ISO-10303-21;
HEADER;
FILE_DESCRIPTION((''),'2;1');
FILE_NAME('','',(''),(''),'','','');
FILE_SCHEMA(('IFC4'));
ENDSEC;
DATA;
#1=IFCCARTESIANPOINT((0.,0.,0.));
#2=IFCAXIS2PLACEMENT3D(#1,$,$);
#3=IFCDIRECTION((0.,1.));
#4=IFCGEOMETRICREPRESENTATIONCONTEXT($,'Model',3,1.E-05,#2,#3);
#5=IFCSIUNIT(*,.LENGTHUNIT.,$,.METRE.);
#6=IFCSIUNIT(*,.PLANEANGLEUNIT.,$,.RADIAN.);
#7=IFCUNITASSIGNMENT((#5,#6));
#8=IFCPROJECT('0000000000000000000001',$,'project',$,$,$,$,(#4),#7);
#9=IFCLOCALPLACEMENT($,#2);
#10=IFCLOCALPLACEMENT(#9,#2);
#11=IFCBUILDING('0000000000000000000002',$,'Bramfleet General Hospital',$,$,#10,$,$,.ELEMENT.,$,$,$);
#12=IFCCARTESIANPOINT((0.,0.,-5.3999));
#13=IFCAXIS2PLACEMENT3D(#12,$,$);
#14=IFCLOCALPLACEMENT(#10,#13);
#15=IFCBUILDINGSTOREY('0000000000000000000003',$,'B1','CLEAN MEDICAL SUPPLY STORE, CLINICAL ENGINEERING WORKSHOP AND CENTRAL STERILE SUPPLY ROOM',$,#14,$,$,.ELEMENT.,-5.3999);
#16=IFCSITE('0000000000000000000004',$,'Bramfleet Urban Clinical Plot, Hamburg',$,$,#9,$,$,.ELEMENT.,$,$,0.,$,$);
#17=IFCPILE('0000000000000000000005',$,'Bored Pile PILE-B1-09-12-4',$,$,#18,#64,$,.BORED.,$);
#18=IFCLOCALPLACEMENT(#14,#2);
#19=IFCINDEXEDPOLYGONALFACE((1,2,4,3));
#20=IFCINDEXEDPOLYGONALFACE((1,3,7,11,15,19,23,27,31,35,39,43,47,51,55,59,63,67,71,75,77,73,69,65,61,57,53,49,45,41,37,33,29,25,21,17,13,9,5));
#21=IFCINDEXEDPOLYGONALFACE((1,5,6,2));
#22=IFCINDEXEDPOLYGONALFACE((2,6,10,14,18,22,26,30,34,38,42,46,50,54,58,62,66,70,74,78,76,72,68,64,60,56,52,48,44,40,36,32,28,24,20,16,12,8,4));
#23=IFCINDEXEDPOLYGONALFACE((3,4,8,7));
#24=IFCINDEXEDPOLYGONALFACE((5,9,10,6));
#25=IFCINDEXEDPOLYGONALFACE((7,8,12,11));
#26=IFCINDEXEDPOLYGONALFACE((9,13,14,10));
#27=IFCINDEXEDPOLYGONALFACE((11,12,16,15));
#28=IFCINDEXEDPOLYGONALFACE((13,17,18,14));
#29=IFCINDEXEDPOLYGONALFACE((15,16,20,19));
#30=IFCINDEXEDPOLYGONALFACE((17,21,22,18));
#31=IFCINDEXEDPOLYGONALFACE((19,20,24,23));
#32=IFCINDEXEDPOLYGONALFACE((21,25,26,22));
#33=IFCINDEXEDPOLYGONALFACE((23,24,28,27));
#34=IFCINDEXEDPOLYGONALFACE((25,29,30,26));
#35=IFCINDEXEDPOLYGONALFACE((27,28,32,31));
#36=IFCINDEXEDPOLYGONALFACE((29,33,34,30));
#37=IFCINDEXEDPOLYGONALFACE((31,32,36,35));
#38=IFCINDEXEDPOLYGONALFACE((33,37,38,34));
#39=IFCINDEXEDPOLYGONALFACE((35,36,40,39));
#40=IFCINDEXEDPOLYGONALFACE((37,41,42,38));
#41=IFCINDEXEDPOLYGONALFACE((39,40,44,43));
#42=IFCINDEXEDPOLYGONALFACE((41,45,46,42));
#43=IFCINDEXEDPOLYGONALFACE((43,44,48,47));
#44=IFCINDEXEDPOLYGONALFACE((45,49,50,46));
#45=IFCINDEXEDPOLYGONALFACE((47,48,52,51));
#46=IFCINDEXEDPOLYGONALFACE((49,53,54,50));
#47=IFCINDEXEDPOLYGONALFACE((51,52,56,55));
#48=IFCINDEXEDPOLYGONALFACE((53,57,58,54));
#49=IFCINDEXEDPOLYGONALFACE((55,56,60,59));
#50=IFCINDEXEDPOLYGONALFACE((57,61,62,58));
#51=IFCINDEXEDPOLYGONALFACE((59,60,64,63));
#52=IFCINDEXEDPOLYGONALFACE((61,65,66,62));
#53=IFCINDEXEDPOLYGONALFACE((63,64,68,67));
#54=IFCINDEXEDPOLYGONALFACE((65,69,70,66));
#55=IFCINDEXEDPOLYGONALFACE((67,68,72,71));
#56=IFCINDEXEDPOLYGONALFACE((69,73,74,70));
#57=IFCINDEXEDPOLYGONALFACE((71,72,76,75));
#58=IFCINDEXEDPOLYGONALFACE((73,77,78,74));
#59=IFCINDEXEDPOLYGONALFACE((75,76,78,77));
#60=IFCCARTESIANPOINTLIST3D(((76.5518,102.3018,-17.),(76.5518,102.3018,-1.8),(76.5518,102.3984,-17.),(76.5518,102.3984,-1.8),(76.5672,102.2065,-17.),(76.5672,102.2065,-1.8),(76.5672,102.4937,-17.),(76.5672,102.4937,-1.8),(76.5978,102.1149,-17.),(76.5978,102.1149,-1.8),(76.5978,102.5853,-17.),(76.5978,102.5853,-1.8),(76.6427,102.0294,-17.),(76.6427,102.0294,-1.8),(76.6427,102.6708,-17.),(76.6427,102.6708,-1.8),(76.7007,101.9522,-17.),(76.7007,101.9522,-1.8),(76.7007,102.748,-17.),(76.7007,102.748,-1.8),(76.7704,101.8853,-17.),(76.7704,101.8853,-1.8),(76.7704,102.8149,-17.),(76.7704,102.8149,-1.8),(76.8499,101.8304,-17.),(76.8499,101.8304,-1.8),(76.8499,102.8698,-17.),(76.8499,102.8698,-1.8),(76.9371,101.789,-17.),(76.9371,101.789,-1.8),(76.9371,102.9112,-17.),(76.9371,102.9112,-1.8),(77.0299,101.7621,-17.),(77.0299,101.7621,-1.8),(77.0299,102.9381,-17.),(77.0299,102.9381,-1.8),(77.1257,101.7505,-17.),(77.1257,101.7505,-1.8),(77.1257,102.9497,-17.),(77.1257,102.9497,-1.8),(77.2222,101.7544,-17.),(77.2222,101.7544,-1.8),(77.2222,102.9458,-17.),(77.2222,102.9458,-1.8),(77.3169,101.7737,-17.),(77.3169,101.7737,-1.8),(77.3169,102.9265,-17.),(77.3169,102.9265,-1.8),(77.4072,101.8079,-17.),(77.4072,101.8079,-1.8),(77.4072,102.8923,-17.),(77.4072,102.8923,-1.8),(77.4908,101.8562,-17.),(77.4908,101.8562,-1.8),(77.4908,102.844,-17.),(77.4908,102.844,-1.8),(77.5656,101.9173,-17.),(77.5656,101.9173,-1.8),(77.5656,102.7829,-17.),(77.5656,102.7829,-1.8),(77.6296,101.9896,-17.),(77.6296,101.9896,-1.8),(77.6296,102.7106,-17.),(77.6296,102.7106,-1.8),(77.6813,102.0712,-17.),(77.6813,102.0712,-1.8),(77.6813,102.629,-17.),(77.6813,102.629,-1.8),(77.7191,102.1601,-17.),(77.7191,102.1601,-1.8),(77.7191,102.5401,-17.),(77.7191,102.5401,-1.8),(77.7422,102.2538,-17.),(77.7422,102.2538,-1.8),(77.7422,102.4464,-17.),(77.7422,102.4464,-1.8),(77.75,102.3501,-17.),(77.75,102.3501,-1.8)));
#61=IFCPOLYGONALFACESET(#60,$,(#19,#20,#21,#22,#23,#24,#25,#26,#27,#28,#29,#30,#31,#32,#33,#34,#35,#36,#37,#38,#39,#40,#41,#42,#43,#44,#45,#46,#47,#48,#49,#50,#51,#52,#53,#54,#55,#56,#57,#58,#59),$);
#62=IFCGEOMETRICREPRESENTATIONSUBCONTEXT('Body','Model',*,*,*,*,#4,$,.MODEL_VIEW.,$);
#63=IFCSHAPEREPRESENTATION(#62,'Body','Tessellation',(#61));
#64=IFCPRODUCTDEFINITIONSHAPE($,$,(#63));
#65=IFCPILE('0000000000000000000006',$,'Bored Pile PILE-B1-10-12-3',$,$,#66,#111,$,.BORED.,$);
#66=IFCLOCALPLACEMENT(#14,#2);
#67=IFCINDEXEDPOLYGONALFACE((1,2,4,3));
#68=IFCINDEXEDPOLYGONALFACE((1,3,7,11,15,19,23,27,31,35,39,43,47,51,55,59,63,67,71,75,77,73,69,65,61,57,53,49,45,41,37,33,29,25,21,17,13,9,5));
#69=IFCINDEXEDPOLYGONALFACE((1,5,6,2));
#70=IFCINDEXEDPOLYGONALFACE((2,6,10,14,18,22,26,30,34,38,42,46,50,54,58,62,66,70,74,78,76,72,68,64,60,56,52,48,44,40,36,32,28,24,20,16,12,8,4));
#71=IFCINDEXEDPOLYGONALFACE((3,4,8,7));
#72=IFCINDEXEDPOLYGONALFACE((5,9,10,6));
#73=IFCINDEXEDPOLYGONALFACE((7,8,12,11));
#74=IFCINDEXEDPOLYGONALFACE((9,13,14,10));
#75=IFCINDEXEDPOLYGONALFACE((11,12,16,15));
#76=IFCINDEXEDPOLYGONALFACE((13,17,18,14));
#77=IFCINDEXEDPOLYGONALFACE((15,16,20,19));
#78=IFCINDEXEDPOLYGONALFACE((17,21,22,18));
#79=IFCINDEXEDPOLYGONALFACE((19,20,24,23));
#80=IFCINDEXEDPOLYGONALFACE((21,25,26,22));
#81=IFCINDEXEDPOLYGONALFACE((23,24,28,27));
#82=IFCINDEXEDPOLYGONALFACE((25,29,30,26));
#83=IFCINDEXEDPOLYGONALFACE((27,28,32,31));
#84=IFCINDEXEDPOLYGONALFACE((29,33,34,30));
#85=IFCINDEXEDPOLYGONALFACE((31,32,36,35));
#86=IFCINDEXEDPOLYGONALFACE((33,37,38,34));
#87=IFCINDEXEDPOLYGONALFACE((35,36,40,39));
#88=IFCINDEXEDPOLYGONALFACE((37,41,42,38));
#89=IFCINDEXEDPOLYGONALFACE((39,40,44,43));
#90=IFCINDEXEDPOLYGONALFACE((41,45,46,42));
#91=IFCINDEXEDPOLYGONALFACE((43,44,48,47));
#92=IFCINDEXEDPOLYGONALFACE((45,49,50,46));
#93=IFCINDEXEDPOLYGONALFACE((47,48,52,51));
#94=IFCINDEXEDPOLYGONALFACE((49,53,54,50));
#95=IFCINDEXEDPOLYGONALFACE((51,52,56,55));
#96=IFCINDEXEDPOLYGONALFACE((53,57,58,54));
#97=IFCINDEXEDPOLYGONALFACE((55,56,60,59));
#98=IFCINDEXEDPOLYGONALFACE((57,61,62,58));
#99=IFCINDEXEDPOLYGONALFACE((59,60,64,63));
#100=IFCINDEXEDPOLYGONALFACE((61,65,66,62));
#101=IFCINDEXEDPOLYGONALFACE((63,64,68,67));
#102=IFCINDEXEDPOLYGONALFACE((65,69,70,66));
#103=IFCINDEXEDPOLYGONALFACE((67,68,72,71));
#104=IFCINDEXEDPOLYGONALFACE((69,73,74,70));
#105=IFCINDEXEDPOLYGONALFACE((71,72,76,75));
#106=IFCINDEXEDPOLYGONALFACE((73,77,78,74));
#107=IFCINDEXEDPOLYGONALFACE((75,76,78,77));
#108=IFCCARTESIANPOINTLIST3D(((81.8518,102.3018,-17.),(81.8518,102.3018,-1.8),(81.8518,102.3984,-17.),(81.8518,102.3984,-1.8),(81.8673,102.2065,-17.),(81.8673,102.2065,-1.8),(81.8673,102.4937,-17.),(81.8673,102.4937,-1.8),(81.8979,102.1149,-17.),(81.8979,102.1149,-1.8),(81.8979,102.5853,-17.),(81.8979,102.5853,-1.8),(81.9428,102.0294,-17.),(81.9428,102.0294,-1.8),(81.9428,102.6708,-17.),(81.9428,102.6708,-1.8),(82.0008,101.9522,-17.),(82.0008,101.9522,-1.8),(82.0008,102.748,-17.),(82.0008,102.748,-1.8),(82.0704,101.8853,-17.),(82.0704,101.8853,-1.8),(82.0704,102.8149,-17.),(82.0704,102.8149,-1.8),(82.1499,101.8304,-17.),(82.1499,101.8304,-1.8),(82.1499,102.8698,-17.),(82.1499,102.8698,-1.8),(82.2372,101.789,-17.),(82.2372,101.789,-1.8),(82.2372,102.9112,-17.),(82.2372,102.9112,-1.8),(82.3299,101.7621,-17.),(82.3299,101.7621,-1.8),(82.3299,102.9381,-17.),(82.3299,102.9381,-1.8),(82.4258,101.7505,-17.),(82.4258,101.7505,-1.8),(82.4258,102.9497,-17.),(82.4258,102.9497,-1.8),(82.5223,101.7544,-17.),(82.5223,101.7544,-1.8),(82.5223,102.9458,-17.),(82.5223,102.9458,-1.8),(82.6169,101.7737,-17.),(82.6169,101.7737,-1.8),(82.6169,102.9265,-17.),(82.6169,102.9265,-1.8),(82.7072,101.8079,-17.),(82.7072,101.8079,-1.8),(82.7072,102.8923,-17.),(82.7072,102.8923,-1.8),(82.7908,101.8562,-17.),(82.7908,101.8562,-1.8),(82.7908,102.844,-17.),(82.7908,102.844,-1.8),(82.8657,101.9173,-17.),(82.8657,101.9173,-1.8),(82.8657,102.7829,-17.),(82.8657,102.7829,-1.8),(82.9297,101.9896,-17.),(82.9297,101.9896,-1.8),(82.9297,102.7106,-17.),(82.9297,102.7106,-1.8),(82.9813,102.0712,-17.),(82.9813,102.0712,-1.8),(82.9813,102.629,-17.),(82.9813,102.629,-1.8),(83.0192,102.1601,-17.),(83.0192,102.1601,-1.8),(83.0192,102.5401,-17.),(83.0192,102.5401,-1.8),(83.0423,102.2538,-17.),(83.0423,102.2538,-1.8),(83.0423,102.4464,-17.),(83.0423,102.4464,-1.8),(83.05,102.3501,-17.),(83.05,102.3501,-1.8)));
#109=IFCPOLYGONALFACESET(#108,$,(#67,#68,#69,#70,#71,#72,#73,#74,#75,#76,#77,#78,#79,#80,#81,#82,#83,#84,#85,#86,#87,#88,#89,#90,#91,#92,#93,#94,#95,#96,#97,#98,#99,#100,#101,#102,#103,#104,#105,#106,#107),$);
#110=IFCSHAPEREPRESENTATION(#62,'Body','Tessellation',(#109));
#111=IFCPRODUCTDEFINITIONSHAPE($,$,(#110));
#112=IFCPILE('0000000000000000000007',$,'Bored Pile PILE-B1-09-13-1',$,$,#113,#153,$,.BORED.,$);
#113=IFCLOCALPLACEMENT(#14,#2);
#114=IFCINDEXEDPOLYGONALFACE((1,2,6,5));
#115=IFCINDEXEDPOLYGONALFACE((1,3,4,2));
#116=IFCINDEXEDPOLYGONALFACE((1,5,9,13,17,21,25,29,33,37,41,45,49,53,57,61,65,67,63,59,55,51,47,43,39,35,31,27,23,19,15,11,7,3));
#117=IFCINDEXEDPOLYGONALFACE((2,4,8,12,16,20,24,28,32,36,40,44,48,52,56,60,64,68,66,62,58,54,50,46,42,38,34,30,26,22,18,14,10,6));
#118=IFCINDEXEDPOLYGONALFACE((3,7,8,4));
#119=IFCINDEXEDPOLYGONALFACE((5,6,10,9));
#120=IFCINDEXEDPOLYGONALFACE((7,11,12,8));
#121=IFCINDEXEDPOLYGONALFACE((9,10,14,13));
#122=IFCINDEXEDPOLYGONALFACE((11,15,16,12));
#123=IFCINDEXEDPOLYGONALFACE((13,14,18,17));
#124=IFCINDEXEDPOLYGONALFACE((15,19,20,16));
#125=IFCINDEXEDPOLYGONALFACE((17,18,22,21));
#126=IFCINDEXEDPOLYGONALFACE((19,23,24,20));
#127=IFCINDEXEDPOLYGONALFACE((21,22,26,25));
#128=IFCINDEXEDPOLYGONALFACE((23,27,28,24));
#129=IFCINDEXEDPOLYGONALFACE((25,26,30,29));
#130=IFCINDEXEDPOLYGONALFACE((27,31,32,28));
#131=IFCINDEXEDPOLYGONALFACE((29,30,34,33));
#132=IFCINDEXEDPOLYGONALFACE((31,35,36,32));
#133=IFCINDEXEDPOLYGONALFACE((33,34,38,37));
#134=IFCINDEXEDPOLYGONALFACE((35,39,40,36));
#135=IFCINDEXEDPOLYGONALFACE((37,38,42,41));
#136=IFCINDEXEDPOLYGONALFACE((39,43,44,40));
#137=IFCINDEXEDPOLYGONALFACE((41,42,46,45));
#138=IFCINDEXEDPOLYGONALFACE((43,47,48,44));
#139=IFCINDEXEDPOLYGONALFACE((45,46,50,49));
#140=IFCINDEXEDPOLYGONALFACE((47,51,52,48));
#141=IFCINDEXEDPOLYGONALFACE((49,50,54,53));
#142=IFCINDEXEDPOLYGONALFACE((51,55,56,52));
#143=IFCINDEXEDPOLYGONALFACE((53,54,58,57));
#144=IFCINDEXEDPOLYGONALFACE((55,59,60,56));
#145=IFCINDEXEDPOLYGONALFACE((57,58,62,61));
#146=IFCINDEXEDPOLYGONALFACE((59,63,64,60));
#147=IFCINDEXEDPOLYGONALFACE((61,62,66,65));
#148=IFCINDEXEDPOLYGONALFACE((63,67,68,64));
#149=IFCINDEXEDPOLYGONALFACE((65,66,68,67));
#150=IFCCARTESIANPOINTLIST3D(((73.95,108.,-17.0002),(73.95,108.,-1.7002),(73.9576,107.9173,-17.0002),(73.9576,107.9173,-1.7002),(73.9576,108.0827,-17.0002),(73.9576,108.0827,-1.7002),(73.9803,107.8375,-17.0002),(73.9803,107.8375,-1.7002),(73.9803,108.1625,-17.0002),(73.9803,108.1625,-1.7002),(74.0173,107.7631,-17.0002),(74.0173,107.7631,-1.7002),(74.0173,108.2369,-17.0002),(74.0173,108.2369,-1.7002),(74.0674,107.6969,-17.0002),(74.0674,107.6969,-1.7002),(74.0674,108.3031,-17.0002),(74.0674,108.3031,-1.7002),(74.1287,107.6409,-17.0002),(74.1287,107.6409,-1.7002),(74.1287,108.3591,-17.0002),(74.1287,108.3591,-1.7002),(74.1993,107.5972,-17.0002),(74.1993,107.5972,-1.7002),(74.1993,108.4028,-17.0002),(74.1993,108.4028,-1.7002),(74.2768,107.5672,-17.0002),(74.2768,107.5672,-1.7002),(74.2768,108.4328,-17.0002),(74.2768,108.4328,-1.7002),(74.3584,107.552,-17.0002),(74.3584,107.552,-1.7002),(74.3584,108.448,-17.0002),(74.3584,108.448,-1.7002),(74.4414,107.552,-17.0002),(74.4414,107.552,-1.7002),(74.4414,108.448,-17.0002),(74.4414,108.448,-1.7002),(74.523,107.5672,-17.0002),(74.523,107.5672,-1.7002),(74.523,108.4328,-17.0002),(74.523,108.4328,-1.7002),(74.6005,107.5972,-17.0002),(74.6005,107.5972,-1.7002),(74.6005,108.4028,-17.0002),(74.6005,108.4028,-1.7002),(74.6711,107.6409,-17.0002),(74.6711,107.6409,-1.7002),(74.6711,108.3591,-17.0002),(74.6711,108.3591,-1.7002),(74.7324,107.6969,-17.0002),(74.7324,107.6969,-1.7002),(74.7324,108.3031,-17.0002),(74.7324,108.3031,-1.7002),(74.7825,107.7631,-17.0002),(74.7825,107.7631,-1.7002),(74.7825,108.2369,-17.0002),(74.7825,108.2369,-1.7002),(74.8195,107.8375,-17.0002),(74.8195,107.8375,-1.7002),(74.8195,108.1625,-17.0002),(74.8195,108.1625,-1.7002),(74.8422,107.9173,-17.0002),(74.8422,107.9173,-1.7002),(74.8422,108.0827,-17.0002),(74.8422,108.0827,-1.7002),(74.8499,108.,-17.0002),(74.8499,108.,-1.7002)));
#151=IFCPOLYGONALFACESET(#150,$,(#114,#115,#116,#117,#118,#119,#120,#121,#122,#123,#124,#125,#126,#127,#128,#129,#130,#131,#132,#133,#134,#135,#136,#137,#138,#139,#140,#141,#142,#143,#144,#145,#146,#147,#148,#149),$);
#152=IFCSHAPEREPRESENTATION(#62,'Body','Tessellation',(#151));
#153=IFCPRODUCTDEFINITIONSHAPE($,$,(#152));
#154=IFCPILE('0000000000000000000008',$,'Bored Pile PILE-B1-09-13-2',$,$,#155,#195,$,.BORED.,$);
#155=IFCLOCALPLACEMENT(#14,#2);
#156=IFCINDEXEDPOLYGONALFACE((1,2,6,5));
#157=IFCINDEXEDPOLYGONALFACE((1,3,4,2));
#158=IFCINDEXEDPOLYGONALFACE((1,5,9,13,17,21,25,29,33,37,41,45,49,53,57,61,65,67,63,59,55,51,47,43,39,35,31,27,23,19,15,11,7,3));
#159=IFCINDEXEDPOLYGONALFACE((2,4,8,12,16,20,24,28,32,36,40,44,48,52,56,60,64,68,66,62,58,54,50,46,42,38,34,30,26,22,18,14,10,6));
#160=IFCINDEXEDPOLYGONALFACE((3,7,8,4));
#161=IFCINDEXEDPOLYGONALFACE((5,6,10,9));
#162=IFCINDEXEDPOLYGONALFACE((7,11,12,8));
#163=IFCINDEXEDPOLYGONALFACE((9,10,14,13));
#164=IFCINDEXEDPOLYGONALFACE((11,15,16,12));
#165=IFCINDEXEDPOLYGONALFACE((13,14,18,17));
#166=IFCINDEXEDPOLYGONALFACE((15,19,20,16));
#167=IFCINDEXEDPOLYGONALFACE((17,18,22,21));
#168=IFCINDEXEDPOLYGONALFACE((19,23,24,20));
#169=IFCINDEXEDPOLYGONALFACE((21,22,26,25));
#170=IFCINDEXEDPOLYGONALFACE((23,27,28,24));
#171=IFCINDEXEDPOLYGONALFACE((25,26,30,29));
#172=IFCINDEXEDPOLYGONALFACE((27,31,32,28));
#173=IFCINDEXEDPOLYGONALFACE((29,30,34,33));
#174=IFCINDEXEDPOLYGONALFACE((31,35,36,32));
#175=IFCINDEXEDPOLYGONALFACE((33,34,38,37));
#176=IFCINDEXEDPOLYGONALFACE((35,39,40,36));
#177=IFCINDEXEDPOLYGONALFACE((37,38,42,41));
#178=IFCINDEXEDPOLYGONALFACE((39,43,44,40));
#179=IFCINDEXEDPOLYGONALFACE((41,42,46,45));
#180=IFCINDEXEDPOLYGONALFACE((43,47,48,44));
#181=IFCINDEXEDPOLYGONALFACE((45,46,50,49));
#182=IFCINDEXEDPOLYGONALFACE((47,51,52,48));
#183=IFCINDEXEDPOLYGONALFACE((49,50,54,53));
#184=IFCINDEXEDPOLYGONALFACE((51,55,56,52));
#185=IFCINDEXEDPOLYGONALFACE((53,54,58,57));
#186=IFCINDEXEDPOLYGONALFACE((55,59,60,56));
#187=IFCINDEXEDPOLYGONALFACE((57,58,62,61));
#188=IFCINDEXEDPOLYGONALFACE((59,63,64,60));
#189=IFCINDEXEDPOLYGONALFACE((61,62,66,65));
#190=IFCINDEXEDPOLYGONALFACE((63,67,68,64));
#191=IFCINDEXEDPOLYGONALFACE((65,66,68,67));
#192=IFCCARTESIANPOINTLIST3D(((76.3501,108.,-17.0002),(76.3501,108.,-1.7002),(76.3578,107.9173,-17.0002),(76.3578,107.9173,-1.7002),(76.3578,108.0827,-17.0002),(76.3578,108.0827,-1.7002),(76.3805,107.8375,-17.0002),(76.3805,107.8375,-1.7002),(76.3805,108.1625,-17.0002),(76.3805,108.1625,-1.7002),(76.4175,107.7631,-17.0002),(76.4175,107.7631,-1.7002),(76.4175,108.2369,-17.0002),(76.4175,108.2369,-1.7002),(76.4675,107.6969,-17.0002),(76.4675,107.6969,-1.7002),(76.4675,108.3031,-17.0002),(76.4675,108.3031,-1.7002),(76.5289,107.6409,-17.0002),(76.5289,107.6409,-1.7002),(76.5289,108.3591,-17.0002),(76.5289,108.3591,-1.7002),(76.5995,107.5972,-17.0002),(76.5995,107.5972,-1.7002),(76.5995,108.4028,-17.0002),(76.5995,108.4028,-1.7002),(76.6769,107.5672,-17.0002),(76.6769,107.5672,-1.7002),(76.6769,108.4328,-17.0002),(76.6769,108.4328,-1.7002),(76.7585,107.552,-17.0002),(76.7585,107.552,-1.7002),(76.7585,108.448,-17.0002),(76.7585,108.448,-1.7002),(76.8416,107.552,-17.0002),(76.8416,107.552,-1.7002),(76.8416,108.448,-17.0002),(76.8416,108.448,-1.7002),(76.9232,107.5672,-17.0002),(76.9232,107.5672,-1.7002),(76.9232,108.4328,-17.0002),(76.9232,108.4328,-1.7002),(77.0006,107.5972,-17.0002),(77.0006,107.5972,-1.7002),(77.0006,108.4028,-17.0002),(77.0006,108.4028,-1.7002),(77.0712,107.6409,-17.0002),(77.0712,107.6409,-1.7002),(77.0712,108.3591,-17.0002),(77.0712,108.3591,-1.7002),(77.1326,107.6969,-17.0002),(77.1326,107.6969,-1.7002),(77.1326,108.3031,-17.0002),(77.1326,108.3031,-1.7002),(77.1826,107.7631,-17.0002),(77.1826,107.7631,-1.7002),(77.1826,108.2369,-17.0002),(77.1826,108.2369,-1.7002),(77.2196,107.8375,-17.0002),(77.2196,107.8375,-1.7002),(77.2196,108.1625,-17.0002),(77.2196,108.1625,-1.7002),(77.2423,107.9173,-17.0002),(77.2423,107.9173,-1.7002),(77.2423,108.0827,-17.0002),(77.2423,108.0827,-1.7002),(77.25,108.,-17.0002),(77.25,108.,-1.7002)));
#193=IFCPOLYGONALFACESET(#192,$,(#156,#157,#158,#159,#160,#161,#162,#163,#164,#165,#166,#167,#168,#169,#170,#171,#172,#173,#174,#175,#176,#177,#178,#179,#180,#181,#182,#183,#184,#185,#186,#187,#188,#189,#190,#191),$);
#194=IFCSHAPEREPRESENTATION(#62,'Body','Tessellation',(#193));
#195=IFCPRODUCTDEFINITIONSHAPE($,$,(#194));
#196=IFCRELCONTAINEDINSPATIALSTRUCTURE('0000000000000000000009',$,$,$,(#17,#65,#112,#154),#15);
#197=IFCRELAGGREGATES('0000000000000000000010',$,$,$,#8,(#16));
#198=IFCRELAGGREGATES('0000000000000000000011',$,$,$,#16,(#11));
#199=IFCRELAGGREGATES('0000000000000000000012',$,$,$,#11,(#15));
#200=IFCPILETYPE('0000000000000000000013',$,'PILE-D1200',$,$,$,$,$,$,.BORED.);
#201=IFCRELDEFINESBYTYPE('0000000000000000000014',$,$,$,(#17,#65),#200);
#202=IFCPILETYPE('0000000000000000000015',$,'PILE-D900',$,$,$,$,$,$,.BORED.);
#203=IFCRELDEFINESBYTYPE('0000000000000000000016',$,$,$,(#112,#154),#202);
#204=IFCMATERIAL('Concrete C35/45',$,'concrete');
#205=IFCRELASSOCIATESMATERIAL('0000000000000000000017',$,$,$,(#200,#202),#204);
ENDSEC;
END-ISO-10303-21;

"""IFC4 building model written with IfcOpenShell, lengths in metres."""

from ifc_helpers import new_model, si_unit, direction, frame, origin, origin_2d, place, context, subcontext, project, spatial, circle, extrude, material, material_profile, profile_set, type_object, element, save


model = new_model("IFC4")

# Units and contexts
model_context = context("Model", 3, precision=1e-05, world=origin(), true_north=direction((0.0, 1.0)))
body_context = subcontext(model_context, "Body", "Model", "MODEL_VIEW")
ifc_project = project(units=[si_unit("LENGTHUNIT", "METRE"), si_unit("PLANEANGLEUNIT", "RADIAN")], contexts=[model_context])

# Site, building, storey
site_placement = place(None, origin())
site = spatial("IfcSite", under=ifc_project, at=site_placement, Name="Bramfleet Urban Clinical Plot, Hamburg", CompositionType="ELEMENT", RefElevation=0.0)
building_placement = place(site_placement, origin())
building = spatial("IfcBuilding", under=site, at=building_placement, Name="Bramfleet General Hospital", CompositionType="ELEMENT")
storey_placement = place(building_placement, frame((0.0, 0.0, -5.3999)))
storey = spatial("IfcBuildingStorey", under=building, at=storey_placement, Name="B1", Description="CLEAN MEDICAL SUPPLY STORE, CLINICAL ENGINEERING WORKSHOP AND CENTRAL STERILE SUPPLY ROOM", CompositionType="ELEMENT", Elevation=-5.3999)

# Shared definitions
ifc_material_1 = material(Name="Concrete C35/45", Category="concrete")

# Piles
ifc_material_profile_1 = material_profile(ifc_material_1, circle(Radius=0.6001, at=origin_2d()), Name="PILE BORED D1200")
ifc_profile_set_1 = profile_set([ifc_material_profile_1], Name="Concrete C35/45")
pile_type_1 = type_object("IfcPileType", Name="PILE-D1200", PredefinedType="BORED", material=ifc_profile_set_1)
for number, where, z_axis, x_axis, name in (
    (1, (77.1499, 102.3501, -1.8), (0.0, 0.0, -1.0), (1.0, 0.0, 0.0), "Bored Pile PILE-B1-09-12-4"),
    (2, (82.45, 102.3501, -1.8), (0.0, 0.0, -1.0), (1.0, 0.0, 0.0), "Bored Pile PILE-B1-10-12-3"),
):
    element("IfcPile", number, at=place(storey_placement, frame(where, z_axis=z_axis, x_axis=x_axis)), inside=storey, type_object=pile_type_1, Name=name, PredefinedType="BORED", context=body_context, shape_type="SweptSolid", body=[
        extrude(circle(Radius=0.6001, at=origin_2d()), origin(), (0.0, 0.0, 1.0), 15.2),
    ])
ifc_material_profile_2 = material_profile(ifc_material_1, circle(Radius=0.45, at=origin_2d()), Name="PILE BORED D900")
ifc_profile_set_2 = profile_set([ifc_material_profile_2], Name="Concrete C35/45")
pile_type_2 = type_object("IfcPileType", Name="PILE-D900", PredefinedType="BORED", material=ifc_profile_set_2)
for number, where, z_axis, x_axis, name in (
    (3, (74.3999, 108.0, -1.7002), (0.0, 0.0, -1.0), (1.0, 0.0, 0.0), "Bored Pile PILE-B1-09-13-1"),
    (4, (76.8, 108.0, -1.7002), (0.0, 0.0, -1.0), (1.0, 0.0, 0.0), "Bored Pile PILE-B1-09-13-2"),
):
    element("IfcPile", number, at=place(storey_placement, frame(where, z_axis=z_axis, x_axis=x_axis)), inside=storey, type_object=pile_type_2, Name=name, PredefinedType="BORED", context=body_context, shape_type="SweptSolid", body=[
        extrude(circle(Radius=0.45, at=origin_2d()), origin(), (0.0, 0.0, 1.0), 15.3),
    ])

save(model, "model.ifc")
